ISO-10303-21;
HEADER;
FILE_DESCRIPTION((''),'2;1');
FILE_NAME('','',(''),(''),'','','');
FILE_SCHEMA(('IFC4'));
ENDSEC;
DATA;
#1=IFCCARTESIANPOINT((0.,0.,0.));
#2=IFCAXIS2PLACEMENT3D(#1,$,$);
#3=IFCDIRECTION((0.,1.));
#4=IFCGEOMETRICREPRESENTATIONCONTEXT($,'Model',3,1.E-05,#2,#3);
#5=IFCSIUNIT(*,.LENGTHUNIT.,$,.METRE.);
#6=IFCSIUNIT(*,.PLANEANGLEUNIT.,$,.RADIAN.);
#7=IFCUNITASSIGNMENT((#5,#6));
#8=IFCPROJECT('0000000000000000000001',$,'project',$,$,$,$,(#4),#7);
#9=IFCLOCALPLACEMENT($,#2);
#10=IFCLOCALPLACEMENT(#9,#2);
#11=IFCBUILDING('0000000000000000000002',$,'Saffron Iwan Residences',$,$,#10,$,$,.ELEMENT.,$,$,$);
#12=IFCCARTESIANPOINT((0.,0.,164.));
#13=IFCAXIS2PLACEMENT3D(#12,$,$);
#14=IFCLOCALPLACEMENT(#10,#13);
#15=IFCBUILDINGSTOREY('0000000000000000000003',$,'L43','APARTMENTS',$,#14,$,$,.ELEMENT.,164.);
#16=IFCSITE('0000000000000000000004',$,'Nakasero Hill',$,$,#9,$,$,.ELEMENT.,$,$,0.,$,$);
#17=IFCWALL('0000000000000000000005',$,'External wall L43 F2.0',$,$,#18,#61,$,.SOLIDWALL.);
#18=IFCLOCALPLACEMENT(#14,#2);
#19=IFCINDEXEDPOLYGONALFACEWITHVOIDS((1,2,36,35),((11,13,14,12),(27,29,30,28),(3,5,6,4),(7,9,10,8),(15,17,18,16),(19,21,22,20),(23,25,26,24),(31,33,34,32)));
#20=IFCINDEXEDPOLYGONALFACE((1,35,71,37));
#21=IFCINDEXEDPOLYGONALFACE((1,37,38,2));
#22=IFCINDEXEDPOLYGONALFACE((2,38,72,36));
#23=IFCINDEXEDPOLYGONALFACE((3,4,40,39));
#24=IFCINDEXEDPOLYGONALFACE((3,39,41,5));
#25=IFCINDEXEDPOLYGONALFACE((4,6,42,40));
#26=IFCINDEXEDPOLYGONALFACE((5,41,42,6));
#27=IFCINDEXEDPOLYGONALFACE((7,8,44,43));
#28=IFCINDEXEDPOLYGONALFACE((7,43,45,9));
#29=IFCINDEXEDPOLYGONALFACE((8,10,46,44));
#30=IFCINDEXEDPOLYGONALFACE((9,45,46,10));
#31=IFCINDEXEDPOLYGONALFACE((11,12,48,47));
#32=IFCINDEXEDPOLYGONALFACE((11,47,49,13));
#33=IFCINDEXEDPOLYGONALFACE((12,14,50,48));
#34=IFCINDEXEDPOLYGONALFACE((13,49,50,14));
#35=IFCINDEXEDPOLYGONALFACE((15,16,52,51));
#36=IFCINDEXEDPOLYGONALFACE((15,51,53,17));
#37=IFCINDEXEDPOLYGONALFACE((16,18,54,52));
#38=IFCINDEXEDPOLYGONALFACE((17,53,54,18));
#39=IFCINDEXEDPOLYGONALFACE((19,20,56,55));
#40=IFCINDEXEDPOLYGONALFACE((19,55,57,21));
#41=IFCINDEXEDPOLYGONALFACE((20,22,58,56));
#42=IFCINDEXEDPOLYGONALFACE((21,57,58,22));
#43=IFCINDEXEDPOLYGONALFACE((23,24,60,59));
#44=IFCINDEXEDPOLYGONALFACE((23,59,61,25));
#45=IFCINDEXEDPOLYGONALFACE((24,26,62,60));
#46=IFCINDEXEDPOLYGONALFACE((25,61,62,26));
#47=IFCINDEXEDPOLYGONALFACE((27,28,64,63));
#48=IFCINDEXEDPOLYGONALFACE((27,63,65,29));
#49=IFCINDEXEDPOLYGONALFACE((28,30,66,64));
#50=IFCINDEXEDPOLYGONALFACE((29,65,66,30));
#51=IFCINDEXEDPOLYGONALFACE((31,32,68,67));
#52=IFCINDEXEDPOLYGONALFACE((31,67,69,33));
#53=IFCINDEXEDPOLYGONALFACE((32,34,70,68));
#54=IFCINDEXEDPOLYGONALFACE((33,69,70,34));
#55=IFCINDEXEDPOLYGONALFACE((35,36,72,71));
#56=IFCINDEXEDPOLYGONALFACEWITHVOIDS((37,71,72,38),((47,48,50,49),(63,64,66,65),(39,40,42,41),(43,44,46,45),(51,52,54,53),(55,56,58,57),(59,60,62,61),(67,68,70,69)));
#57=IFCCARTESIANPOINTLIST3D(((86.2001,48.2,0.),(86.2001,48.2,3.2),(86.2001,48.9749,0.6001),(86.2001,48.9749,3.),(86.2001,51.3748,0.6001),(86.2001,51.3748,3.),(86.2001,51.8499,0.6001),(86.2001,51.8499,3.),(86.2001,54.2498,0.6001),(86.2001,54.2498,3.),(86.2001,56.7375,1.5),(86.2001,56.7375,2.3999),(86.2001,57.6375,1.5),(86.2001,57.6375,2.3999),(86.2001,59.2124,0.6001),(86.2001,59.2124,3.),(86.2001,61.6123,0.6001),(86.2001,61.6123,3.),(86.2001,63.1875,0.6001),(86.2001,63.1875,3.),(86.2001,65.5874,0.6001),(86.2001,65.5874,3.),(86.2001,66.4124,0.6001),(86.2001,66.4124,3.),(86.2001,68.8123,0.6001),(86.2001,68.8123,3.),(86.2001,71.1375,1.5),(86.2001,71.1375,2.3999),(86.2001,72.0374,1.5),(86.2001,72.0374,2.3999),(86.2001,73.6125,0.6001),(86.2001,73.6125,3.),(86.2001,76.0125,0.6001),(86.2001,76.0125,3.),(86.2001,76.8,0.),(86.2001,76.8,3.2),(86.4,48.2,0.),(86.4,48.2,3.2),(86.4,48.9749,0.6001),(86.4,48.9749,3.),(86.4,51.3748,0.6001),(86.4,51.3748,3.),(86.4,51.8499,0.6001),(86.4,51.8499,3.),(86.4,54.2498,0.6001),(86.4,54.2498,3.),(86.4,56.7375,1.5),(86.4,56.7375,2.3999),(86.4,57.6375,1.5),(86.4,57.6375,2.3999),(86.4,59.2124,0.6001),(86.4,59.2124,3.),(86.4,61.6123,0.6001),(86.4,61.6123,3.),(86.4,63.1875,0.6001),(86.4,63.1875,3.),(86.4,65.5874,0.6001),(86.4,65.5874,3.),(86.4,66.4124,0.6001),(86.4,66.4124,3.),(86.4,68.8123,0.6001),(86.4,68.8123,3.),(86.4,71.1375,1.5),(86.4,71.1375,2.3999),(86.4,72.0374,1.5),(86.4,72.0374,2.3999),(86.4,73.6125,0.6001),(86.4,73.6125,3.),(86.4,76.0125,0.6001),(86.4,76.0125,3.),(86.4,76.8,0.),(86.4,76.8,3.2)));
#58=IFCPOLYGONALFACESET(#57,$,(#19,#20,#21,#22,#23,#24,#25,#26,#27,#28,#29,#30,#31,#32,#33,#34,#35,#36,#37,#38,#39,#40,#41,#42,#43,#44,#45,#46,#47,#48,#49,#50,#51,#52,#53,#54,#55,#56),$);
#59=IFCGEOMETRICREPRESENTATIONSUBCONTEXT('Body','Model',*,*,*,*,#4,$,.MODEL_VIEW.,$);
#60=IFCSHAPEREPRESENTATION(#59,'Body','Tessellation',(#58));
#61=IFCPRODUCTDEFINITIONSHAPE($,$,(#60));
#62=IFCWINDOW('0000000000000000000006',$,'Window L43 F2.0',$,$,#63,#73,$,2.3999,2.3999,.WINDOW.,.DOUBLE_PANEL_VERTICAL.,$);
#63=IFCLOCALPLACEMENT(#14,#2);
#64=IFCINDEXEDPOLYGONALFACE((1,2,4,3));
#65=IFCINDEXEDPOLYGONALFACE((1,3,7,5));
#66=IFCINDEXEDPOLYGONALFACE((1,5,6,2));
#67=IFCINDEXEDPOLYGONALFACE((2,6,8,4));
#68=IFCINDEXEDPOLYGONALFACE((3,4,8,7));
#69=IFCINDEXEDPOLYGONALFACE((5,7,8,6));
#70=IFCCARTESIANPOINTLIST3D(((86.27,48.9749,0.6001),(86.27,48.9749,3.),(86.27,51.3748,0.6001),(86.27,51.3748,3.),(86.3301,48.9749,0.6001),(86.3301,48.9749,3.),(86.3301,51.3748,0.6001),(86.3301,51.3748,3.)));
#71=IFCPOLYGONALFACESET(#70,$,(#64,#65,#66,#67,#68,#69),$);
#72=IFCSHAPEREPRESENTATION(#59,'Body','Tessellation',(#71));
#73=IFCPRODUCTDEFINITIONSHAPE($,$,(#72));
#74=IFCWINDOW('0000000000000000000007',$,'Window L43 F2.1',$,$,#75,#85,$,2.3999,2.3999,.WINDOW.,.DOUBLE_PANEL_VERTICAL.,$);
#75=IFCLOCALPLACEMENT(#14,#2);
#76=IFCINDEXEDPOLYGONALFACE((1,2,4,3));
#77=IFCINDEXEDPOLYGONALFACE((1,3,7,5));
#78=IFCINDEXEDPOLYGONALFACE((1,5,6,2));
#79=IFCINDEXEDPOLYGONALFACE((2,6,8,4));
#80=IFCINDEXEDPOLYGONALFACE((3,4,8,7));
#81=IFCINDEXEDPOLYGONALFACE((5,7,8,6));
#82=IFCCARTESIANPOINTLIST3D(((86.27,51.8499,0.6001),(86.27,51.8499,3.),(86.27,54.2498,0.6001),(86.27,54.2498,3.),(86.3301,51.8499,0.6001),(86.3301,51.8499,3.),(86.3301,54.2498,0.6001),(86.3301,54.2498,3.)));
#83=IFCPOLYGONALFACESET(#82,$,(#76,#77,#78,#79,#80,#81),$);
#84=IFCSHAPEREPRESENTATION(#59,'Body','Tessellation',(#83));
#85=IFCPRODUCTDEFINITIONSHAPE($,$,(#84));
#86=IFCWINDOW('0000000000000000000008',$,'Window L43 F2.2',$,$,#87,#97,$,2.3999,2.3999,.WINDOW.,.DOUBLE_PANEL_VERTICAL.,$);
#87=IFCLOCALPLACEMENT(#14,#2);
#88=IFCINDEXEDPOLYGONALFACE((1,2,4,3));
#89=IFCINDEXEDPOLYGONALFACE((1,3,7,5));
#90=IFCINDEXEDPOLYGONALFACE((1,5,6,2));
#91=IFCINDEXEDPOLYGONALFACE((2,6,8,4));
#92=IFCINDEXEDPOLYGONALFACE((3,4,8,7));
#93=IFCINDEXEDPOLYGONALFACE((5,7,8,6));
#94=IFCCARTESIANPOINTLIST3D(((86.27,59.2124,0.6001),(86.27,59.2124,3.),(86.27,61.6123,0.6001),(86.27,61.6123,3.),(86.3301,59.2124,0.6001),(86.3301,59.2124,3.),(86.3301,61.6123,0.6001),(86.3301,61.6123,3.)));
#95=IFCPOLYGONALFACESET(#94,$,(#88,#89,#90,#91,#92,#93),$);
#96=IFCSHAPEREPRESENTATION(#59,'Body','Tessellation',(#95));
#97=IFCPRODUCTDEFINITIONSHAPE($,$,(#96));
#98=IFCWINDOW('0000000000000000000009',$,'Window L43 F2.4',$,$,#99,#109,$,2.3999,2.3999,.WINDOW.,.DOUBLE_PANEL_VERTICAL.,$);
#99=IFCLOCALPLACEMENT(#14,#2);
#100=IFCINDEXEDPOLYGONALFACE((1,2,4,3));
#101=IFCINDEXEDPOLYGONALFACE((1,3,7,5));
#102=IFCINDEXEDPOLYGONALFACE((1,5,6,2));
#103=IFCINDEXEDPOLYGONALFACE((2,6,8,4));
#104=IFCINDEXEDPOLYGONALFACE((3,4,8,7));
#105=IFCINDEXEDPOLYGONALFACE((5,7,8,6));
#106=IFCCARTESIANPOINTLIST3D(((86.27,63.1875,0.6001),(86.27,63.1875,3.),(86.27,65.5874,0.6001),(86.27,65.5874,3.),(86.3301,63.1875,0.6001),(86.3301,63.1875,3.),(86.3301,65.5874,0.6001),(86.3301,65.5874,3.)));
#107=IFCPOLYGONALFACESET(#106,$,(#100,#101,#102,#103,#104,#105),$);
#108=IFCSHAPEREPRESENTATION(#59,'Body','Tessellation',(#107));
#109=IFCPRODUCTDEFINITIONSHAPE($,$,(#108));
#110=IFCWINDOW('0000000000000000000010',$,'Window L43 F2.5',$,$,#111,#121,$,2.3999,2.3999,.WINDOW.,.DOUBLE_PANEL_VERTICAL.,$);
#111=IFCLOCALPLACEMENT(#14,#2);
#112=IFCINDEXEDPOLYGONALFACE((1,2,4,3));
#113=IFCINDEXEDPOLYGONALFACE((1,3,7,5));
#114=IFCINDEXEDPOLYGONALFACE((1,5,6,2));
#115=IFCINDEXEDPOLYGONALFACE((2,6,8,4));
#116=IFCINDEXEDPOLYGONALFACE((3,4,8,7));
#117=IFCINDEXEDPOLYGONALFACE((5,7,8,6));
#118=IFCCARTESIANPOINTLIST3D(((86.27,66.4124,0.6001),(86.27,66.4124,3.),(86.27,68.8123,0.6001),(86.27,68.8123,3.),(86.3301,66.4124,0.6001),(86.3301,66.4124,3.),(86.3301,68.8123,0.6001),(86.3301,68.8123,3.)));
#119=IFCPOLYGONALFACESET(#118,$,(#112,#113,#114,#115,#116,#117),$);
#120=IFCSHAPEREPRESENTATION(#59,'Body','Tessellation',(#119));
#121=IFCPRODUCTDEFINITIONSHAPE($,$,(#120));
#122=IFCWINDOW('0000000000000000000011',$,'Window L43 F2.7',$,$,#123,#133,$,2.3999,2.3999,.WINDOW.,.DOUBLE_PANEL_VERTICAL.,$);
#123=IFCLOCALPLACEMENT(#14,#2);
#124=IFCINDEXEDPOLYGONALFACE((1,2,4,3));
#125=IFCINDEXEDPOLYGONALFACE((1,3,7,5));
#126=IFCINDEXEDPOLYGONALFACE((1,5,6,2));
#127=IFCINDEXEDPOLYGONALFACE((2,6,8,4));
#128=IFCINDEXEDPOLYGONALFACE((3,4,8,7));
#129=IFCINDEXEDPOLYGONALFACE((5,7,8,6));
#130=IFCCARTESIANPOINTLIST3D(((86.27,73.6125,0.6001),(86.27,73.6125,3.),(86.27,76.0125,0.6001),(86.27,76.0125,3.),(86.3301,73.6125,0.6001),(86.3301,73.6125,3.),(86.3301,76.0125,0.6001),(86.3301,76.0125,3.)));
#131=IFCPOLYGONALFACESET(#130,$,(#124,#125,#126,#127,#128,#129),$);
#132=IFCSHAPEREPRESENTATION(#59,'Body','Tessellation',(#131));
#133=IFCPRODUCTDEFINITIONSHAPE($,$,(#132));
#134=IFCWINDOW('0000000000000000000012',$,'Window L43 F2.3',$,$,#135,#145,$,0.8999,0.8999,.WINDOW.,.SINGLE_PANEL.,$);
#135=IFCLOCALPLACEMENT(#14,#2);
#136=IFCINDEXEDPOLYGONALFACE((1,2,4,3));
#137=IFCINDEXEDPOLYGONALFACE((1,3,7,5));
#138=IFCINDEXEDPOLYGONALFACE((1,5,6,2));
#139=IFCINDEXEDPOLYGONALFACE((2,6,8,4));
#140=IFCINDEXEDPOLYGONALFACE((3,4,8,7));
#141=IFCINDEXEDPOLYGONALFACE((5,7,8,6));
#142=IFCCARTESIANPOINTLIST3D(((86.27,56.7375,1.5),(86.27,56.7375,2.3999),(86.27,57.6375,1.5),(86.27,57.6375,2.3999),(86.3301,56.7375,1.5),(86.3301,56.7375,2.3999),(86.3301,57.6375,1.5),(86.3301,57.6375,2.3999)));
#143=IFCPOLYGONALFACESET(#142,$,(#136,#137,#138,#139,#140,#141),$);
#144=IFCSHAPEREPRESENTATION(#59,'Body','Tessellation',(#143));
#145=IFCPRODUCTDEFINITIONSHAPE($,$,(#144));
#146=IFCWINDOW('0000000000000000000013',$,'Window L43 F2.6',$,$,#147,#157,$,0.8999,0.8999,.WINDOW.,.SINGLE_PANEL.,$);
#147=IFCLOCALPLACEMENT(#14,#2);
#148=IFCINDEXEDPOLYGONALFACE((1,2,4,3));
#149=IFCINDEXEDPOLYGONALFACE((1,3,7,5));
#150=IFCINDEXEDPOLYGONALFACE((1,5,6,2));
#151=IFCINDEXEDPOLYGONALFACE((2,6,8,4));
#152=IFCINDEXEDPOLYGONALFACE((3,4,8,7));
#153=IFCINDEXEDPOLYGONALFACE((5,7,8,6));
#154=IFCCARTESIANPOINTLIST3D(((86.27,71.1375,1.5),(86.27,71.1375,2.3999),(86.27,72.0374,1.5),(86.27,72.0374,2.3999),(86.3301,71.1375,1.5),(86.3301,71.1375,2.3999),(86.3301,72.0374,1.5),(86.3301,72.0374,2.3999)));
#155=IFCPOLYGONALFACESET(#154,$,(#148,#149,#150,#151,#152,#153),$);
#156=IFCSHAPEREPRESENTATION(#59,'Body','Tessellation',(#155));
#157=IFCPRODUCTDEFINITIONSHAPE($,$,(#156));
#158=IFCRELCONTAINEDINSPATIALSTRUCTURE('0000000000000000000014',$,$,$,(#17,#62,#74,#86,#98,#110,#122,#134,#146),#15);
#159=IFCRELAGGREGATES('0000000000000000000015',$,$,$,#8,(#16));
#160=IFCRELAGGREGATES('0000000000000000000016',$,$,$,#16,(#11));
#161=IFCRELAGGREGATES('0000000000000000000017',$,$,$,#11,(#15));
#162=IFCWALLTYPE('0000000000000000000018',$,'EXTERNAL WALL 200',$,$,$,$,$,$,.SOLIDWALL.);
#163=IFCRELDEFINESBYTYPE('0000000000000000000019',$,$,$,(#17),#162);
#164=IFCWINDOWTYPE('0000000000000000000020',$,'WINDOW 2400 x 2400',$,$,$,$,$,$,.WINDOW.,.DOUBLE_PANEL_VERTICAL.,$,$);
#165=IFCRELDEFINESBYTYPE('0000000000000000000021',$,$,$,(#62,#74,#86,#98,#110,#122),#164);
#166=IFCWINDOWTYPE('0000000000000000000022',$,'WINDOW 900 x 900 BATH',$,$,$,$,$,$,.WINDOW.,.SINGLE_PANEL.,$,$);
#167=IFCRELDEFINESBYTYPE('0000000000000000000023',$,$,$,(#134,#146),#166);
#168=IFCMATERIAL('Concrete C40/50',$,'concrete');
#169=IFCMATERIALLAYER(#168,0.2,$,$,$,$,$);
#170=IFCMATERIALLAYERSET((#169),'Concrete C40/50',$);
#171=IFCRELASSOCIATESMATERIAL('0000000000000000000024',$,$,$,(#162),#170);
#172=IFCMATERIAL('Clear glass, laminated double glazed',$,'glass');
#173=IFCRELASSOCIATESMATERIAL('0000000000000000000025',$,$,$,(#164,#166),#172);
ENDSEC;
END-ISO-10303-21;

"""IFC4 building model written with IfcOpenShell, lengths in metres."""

from ifc_helpers import new_model, si_unit, direction, frame, frame_2d, origin, place, context, subcontext, project, spatial, rectangle, extrude, material, layer, layer_set, type_object, element, fill, save


model = new_model("IFC4")

# Units and contexts
model_context = context("Model", 3, precision=1e-05, world=origin(), true_north=direction((0.0, 1.0)))
body_context = subcontext(model_context, "Body", "Model", "MODEL_VIEW")
ifc_project = project(units=[si_unit("LENGTHUNIT", "METRE"), si_unit("PLANEANGLEUNIT", "RADIAN")], contexts=[model_context])

# Site, building, storey
site_placement = place(None, origin())
site = spatial("IfcSite", under=ifc_project, at=site_placement, Name="Nakasero Hill", CompositionType="ELEMENT", RefElevation=0.0)
building_placement = place(site_placement, origin())
building = spatial("IfcBuilding", under=site, at=building_placement, Name="Saffron Iwan Residences", CompositionType="ELEMENT")
storey_placement = place(building_placement, frame((0.0, 0.0, 164.0)))
storey = spatial("IfcBuildingStorey", under=building, at=storey_placement, Name="L43", Description="APARTMENTS", CompositionType="ELEMENT", Elevation=164.0)

# Shared definitions
ifc_material_1 = material(Name="Concrete C40/50", Category="concrete")
ifc_layer_1 = layer(ifc_material_1, 0.2)
ifc_layer_set_1 = layer_set([ifc_layer_1], Name="Concrete C40/50")
wall_type_1 = type_object("IfcWallType", Name="EXTERNAL WALL 200", PredefinedType="SOLIDWALL", material=ifc_layer_set_1)
ifc_material_2 = material(Name="Clear glass, laminated double glazed", Category="glass")
window_type_1 = type_object("IfcWindowType", Name="WINDOW 2400 x 2400", PartitioningType="DOUBLE_PANEL_VERTICAL", PredefinedType="WINDOW", material=ifc_material_2)

# Wall, openings, windows
wall_1_placement = place(storey_placement, frame((86.3, 48.2, 0.0), z_axis=(0.0, 0.0, 1.0), x_axis=(0.0, 1.0, 0.0)))
wall_1 = element("IfcWall", 1, at=wall_1_placement, inside=storey, type_object=wall_type_1, Name="External wall L43 F2.0", PredefinedType="SOLIDWALL", context=body_context, shape_type="SweptSolid", body=[
    extrude(rectangle(XDim=28.6001, YDim=0.2, at=frame_2d((14.3, 0.0))), origin(), (0.0, 0.0, 1.0), 3.2),
])
opening_1_placement = place(wall_1_placement, frame((0.7749, 0.0, 0.6001)))
opening_1 = element("IfcOpeningElement", 2, at=opening_1_placement, cuts=wall_1, PredefinedType="OPENING", context=body_context, shape_type="SweptSolid", body=[
    extrude(rectangle(XDim=2.3999, YDim=2.3999, at=frame_2d((1.2, 1.2))), frame((0.0, 0.1099, 0.0), z_axis=(0.0, -1.0, 0.0), x_axis=(1.0, 0.0, 0.0)), (0.0, 0.0, 1.0), 0.22),
])
opening_2_placement = place(wall_1_placement, frame((3.6499, 0.0, 0.6001)))
opening_2 = element("IfcOpeningElement", 3, at=opening_2_placement, cuts=wall_1, PredefinedType="OPENING", context=body_context, shape_type="SweptSolid", body=[
    extrude(rectangle(XDim=2.3999, YDim=2.3999, at=frame_2d((1.2, 1.2))), frame((0.0, 0.1099, 0.0), z_axis=(0.0, -1.0, 0.0), x_axis=(1.0, 0.0, 0.0)), (0.0, 0.0, 1.0), 0.22),
])
opening_3_placement = place(wall_1_placement, frame((11.0125, 0.0, 0.6001)))
opening_3 = element("IfcOpeningElement", 4, at=opening_3_placement, cuts=wall_1, PredefinedType="OPENING", context=body_context, shape_type="SweptSolid", body=[
    extrude(rectangle(XDim=2.3999, YDim=2.3999, at=frame_2d((1.2, 1.2))), frame((0.0, 0.1099, 0.0), z_axis=(0.0, -1.0, 0.0), x_axis=(1.0, 0.0, 0.0)), (0.0, 0.0, 1.0), 0.22),
])
opening_4_placement = place(wall_1_placement, frame((8.5376, 0.0, 1.5)))
opening_4 = element("IfcOpeningElement", 5, at=opening_4_placement, cuts=wall_1, PredefinedType="OPENING", context=body_context, shape_type="SweptSolid", body=[
    extrude(rectangle(XDim=0.8999, YDim=0.8999, at=frame_2d((0.45, 0.45))), frame((0.0, 0.1099, 0.0), z_axis=(0.0, -1.0, 0.0), x_axis=(1.0, 0.0, 0.0)), (0.0, 0.0, 1.0), 0.22),
])
opening_5_placement = place(wall_1_placement, frame((14.9875, 0.0, 0.6001)))
opening_5 = element("IfcOpeningElement", 6, at=opening_5_placement, cuts=wall_1, PredefinedType="OPENING", context=body_context, shape_type="SweptSolid", body=[
    extrude(rectangle(XDim=2.3999, YDim=2.3999, at=frame_2d((1.2, 1.2))), frame((0.0, 0.1099, 0.0), z_axis=(0.0, -1.0, 0.0), x_axis=(1.0, 0.0, 0.0)), (0.0, 0.0, 1.0), 0.22),
])
opening_6_placement = place(wall_1_placement, frame((18.2124, 0.0, 0.6001)))
opening_6 = element("IfcOpeningElement", 7, at=opening_6_placement, cuts=wall_1, PredefinedType="OPENING", context=body_context, shape_type="SweptSolid", body=[
    extrude(rectangle(XDim=2.3999, YDim=2.3999, at=frame_2d((1.2, 1.2))), frame((0.0, 0.1099, 0.0), z_axis=(0.0, -1.0, 0.0), x_axis=(1.0, 0.0, 0.0)), (0.0, 0.0, 1.0), 0.22),
])
opening_7_placement = place(wall_1_placement, frame((22.9375, 0.0, 1.5)))
opening_7 = element("IfcOpeningElement", 8, at=opening_7_placement, cuts=wall_1, PredefinedType="OPENING", context=body_context, shape_type="SweptSolid", body=[
    extrude(rectangle(XDim=0.8999, YDim=0.8999, at=frame_2d((0.45, 0.45))), frame((0.0, 0.1099, 0.0), z_axis=(0.0, -1.0, 0.0), x_axis=(1.0, 0.0, 0.0)), (0.0, 0.0, 1.0), 0.22),
])
opening_8_placement = place(wall_1_placement, frame((25.4126, 0.0, 0.6001)))
opening_8 = element("IfcOpeningElement", 9, at=opening_8_placement, cuts=wall_1, PredefinedType="OPENING", context=body_context, shape_type="SweptSolid", body=[
    extrude(rectangle(XDim=2.3999, YDim=2.3999, at=frame_2d((1.2, 1.2))), frame((0.0, 0.1099, 0.0), z_axis=(0.0, -1.0, 0.0), x_axis=(1.0, 0.0, 0.0)), (0.0, 0.0, 1.0), 0.22),
])
window_1_placement = place(opening_1_placement, origin())
window_1 = element("IfcWindow", 10, at=window_1_placement, inside=storey, type_object=window_type_1, Name="Window L43 F2.0", OverallHeight=2.3999, OverallWidth=2.3999, PartitioningType="DOUBLE_PANEL_VERTICAL", PredefinedType="WINDOW", context=body_context, shape_type="SweptSolid", body=[
    extrude(rectangle(XDim=2.3999, YDim=2.3999, at=frame_2d((1.2, 1.2))), frame((0.0, 0.03, 0.0), z_axis=(0.0, -1.0, 0.0), x_axis=(1.0, 0.0, 0.0)), (0.0, 0.0, 1.0), 0.0601),
])
fill(opening_1, window_1)
window_2_placement = place(opening_2_placement, origin())
window_2 = element("IfcWindow", 11, at=window_2_placement, inside=storey, type_object=window_type_1, Name="Window L43 F2.1", OverallHeight=2.3999, OverallWidth=2.3999, PartitioningType="DOUBLE_PANEL_VERTICAL", PredefinedType="WINDOW", context=body_context, shape_type="SweptSolid", body=[
    extrude(rectangle(XDim=2.3999, YDim=2.3999, at=frame_2d((1.2, 1.2))), frame((0.0, 0.03, 0.0), z_axis=(0.0, -1.0, 0.0), x_axis=(1.0, 0.0, 0.0)), (0.0, 0.0, 1.0), 0.0601),
])
fill(opening_2, window_2)
window_3_placement = place(opening_3_placement, origin())
window_3 = element("IfcWindow", 12, at=window_3_placement, inside=storey, type_object=window_type_1, Name="Window L43 F2.2", OverallHeight=2.3999, OverallWidth=2.3999, PartitioningType="DOUBLE_PANEL_VERTICAL", PredefinedType="WINDOW", context=body_context, shape_type="SweptSolid", body=[
    extrude(rectangle(XDim=2.3999, YDim=2.3999, at=frame_2d((1.2, 1.2))), frame((0.0, 0.03, 0.0), z_axis=(0.0, -1.0, 0.0), x_axis=(1.0, 0.0, 0.0)), (0.0, 0.0, 1.0), 0.0601),
])
fill(opening_3, window_3)
window_4_placement = place(opening_5_placement, origin())
window_4 = element("IfcWindow", 13, at=window_4_placement, inside=storey, type_object=window_type_1, Name="Window L43 F2.4", OverallHeight=2.3999, OverallWidth=2.3999, PartitioningType="DOUBLE_PANEL_VERTICAL", PredefinedType="WINDOW", context=body_context, shape_type="SweptSolid", body=[
    extrude(rectangle(XDim=2.3999, YDim=2.3999, at=frame_2d((1.2, 1.2))), frame((0.0, 0.03, 0.0), z_axis=(0.0, -1.0, 0.0), x_axis=(1.0, 0.0, 0.0)), (0.0, 0.0, 1.0), 0.0601),
])
fill(opening_5, window_4)
window_5_placement = place(opening_6_placement, origin())
window_5 = element("IfcWindow", 14, at=window_5_placement, inside=storey, type_object=window_type_1, Name="Window L43 F2.5", OverallHeight=2.3999, OverallWidth=2.3999, PartitioningType="DOUBLE_PANEL_VERTICAL", PredefinedType="WINDOW", context=body_context, shape_type="SweptSolid", body=[
    extrude(rectangle(XDim=2.3999, YDim=2.3999, at=frame_2d((1.2, 1.2))), frame((0.0, 0.03, 0.0), z_axis=(0.0, -1.0, 0.0), x_axis=(1.0, 0.0, 0.0)), (0.0, 0.0, 1.0), 0.0601),
])
fill(opening_6, window_5)
window_6_placement = place(opening_8_placement, origin())
window_6 = element("IfcWindow", 15, at=window_6_placement, inside=storey, type_object=window_type_1, Name="Window L43 F2.7", OverallHeight=2.3999, OverallWidth=2.3999, PartitioningType="DOUBLE_PANEL_VERTICAL", PredefinedType="WINDOW", context=body_context, shape_type="SweptSolid", body=[
    extrude(rectangle(XDim=2.3999, YDim=2.3999, at=frame_2d((1.2, 1.2))), frame((0.0, 0.03, 0.0), z_axis=(0.0, -1.0, 0.0), x_axis=(1.0, 0.0, 0.0)), (0.0, 0.0, 1.0), 0.0601),
])
fill(opening_8, window_6)
window_type_2 = type_object("IfcWindowType", Name="WINDOW 900 x 900 BATH", PartitioningType="SINGLE_PANEL", PredefinedType="WINDOW", material=ifc_material_2)
window_7_placement = place(opening_4_placement, origin())
window_7 = element("IfcWindow", 16, at=window_7_placement, inside=storey, type_object=window_type_2, Name="Window L43 F2.3", OverallHeight=0.8999, OverallWidth=0.8999, PartitioningType="SINGLE_PANEL", PredefinedType="WINDOW", context=body_context, shape_type="SweptSolid", body=[
    extrude(rectangle(XDim=0.8999, YDim=0.8999, at=frame_2d((0.45, 0.45))), frame((0.0, 0.03, 0.0), z_axis=(0.0, -1.0, 0.0), x_axis=(1.0, 0.0, 0.0)), (0.0, 0.0, 1.0), 0.0601),
])
fill(opening_4, window_7)
window_8_placement = place(opening_7_placement, origin())
window_8 = element("IfcWindow", 17, at=window_8_placement, inside=storey, type_object=window_type_2, Name="Window L43 F2.6", OverallHeight=0.8999, OverallWidth=0.8999, PartitioningType="SINGLE_PANEL", PredefinedType="WINDOW", context=body_context, shape_type="SweptSolid", body=[
    extrude(rectangle(XDim=0.8999, YDim=0.8999, at=frame_2d((0.45, 0.45))), frame((0.0, 0.03, 0.0), z_axis=(0.0, -1.0, 0.0), x_axis=(1.0, 0.0, 0.0)), (0.0, 0.0, 1.0), 0.0601),
])
fill(opening_7, window_8)

save(model, "model.ifc")
